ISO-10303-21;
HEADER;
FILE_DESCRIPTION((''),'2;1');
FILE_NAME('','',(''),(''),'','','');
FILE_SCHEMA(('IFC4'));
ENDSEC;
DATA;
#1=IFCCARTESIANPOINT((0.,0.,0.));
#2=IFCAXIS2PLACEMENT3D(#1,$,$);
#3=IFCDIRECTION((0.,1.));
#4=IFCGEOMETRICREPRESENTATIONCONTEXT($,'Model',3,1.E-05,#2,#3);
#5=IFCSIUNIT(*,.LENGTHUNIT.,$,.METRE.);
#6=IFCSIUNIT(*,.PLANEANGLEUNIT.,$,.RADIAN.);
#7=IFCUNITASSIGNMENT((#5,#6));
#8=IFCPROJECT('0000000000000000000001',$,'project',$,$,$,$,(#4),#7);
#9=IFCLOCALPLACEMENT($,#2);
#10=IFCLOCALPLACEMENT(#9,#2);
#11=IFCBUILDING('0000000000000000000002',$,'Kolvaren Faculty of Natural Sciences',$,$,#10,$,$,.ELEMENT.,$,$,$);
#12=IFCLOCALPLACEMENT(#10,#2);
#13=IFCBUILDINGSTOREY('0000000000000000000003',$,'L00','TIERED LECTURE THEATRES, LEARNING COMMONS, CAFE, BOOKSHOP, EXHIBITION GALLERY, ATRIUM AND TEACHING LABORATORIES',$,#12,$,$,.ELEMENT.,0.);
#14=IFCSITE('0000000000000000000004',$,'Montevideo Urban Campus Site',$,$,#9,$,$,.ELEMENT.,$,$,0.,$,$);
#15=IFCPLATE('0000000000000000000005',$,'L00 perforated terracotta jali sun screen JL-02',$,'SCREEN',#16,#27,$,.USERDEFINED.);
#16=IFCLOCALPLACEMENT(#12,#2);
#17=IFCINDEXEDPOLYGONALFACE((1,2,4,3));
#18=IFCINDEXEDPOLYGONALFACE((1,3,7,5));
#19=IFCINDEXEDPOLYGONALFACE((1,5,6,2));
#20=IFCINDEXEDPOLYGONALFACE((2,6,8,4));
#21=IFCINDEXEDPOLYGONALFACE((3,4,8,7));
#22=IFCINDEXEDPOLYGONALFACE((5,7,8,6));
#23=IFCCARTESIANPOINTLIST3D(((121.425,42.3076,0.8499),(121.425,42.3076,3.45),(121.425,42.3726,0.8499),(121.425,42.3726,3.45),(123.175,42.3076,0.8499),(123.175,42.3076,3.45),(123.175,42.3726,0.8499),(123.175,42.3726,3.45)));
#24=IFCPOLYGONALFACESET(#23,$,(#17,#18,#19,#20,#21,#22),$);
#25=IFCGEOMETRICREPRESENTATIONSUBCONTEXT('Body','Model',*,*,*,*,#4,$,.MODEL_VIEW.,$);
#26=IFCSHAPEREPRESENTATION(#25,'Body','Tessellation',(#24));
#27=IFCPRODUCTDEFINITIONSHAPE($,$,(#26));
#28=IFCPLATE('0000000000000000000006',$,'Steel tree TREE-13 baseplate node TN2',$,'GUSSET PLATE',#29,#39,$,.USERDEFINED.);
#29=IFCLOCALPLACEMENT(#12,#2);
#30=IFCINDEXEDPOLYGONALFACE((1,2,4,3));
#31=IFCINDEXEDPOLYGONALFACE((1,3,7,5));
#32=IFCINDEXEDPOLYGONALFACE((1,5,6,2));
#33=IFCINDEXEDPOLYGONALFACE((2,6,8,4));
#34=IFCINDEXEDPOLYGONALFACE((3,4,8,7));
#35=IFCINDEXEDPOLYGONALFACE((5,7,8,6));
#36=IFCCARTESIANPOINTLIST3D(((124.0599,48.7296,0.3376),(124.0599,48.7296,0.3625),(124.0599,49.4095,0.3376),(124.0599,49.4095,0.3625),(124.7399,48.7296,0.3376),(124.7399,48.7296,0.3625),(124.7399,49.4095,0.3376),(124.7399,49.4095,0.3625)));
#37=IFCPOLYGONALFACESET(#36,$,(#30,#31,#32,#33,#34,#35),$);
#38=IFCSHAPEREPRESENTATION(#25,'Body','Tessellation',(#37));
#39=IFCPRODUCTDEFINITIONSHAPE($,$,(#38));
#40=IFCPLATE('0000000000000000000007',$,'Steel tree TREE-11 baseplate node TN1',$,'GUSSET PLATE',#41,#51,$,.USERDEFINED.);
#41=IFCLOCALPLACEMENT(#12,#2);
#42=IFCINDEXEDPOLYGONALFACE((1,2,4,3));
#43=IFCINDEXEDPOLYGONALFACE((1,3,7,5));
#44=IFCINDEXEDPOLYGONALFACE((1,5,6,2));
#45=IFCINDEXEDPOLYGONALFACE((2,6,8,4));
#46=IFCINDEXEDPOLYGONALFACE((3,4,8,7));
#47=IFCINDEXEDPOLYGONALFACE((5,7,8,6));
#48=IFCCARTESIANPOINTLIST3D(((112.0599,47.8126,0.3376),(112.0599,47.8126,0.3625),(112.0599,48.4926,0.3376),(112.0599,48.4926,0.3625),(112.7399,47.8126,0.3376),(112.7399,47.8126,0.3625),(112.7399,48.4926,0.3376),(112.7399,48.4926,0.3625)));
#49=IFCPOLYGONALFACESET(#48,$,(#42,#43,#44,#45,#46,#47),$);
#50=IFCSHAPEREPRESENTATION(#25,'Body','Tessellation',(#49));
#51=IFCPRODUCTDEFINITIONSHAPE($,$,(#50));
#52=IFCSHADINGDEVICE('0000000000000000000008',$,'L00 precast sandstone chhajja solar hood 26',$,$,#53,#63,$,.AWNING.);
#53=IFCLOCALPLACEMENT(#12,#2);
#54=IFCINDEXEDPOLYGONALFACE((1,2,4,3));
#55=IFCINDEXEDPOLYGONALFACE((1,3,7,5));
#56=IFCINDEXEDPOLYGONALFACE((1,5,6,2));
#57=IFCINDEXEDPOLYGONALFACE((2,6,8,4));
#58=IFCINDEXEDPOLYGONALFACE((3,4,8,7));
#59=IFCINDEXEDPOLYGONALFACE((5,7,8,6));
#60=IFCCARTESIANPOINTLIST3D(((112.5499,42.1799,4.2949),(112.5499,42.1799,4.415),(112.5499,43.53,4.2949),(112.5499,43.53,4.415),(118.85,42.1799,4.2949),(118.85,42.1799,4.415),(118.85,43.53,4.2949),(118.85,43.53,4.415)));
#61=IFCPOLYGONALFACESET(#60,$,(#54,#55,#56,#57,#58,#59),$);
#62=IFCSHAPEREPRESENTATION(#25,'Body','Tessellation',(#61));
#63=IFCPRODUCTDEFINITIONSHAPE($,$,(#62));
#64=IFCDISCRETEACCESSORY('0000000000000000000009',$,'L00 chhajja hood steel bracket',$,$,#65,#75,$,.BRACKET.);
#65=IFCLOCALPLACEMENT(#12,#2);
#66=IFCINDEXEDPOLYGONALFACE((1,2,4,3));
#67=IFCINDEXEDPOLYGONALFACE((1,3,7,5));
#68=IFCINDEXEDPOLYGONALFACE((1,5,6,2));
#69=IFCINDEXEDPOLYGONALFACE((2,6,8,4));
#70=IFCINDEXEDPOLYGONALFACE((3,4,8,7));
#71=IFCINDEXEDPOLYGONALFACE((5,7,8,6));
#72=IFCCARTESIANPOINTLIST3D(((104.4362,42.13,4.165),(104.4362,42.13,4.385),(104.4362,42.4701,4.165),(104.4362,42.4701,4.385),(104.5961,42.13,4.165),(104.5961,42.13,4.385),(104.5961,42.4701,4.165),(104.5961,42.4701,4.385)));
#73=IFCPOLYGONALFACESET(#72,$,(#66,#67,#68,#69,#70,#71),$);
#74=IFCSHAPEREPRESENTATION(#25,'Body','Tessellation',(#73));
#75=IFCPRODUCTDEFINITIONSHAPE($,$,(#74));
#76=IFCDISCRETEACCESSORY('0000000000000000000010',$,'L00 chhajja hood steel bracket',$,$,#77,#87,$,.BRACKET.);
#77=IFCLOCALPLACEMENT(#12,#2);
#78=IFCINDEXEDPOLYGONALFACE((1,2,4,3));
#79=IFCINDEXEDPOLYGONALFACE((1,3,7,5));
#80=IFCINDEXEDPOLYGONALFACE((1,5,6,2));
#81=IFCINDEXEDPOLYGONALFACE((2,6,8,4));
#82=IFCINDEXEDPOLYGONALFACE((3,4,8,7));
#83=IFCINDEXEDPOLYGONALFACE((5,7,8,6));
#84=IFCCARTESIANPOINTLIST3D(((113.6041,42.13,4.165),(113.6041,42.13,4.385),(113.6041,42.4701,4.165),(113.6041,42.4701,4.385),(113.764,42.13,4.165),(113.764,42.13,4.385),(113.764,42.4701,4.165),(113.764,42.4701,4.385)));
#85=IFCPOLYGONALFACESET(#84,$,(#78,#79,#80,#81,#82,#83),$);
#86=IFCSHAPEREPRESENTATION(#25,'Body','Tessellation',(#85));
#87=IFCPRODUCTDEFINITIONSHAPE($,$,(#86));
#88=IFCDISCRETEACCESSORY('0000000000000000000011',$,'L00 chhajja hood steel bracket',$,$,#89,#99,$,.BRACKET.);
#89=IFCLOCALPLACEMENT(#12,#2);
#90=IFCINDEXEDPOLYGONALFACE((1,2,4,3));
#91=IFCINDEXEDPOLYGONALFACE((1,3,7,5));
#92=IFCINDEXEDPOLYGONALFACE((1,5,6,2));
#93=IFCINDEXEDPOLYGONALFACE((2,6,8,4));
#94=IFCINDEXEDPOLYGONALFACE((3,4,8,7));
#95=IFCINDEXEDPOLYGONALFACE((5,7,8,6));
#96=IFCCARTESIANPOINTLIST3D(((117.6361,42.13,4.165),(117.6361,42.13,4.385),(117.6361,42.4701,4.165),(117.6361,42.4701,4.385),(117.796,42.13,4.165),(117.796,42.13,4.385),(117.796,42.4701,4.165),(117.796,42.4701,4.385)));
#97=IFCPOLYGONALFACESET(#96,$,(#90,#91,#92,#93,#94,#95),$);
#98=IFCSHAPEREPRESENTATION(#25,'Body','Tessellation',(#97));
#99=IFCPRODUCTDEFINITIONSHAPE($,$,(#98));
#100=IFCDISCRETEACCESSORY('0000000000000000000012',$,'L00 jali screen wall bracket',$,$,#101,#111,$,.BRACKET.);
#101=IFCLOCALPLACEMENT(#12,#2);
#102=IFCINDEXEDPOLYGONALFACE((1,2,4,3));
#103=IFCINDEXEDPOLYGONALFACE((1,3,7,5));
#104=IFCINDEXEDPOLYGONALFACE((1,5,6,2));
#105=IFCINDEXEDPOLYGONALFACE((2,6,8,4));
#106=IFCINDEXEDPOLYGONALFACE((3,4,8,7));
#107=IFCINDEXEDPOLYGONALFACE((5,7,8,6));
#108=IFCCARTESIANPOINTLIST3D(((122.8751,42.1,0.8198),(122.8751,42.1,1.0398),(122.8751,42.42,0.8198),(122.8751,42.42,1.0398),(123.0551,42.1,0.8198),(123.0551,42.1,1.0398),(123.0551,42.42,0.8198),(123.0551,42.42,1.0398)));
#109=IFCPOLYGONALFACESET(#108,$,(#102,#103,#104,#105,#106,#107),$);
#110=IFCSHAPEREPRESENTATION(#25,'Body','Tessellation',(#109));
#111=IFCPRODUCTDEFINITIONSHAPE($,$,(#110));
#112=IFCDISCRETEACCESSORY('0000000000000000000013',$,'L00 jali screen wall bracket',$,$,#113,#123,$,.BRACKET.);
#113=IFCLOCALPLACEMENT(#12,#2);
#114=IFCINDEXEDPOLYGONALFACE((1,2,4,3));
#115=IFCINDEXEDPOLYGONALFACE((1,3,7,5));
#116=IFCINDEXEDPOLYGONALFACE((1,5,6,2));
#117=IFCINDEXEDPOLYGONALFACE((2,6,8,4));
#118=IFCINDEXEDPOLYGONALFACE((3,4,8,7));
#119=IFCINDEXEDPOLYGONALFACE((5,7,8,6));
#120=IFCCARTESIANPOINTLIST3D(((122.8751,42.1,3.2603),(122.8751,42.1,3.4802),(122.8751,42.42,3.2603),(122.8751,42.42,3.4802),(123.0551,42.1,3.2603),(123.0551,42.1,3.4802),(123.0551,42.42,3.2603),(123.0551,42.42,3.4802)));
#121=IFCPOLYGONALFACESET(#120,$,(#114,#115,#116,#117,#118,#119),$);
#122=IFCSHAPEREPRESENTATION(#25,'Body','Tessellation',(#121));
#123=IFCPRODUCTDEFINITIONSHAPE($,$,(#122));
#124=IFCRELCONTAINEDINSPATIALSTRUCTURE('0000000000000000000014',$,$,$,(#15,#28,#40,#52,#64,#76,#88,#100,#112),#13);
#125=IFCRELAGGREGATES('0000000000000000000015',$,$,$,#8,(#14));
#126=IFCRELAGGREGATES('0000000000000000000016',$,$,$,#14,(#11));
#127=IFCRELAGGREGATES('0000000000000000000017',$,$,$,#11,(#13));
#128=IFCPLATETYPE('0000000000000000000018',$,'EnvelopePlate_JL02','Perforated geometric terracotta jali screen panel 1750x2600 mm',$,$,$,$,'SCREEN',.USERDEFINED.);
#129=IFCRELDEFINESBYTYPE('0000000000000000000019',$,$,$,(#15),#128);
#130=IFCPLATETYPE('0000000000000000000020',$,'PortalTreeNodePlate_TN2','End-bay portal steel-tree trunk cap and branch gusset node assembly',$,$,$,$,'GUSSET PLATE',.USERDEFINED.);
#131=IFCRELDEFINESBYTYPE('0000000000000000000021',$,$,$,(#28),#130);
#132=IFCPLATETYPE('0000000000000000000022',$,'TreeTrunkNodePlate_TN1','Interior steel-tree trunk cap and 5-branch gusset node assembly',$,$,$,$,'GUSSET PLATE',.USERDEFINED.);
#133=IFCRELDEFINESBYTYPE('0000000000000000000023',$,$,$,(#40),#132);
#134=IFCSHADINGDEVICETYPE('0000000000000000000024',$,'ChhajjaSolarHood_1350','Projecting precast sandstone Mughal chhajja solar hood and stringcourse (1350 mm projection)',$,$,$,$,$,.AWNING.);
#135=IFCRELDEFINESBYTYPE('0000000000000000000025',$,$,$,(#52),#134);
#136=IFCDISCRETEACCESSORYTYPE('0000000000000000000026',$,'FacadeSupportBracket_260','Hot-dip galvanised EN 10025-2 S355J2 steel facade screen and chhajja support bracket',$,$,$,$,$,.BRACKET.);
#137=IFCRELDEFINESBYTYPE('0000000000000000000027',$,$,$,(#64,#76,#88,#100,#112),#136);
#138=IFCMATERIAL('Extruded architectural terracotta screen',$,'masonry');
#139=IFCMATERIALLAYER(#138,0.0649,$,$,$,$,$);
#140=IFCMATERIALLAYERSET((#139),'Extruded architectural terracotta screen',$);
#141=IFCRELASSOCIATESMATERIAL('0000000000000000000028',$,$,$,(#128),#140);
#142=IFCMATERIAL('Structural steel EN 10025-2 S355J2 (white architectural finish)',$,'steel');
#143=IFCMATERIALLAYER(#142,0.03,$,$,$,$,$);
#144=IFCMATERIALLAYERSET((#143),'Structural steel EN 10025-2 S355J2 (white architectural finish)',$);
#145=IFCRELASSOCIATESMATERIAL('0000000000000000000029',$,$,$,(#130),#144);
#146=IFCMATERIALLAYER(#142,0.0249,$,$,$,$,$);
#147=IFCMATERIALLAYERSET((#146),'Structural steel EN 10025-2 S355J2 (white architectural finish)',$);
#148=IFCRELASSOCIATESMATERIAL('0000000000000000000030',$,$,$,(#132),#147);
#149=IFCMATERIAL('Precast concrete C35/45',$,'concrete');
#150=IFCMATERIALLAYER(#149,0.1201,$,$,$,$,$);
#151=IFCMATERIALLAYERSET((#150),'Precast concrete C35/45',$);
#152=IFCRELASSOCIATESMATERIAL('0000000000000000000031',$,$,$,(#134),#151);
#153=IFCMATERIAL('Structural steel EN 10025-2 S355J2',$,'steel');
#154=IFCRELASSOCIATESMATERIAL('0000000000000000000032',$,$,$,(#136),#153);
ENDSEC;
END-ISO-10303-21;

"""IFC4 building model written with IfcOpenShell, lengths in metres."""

from ifc_helpers import new_model, si_unit, direction, frame, origin, origin_2d, place, context, subcontext, project, spatial, rectangle, extrude, material, layer, layer_set, type_object, element, save


model = new_model("IFC4")

# Units and contexts
model_context = context("Model", 3, precision=1e-05, world=origin(), true_north=direction((0.0, 1.0)))
body_context = subcontext(model_context, "Body", "Model", "MODEL_VIEW")
ifc_project = project(units=[si_unit("LENGTHUNIT", "METRE"), si_unit("PLANEANGLEUNIT", "RADIAN")], contexts=[model_context])

# Site, building, storey
site_placement = place(None, origin())
site = spatial("IfcSite", under=ifc_project, at=site_placement, Name="Montevideo Urban Campus Site", CompositionType="ELEMENT", RefElevation=0.0)
building_placement = place(site_placement, origin())
building = spatial("IfcBuilding", under=site, at=building_placement, Name="Kolvaren Faculty of Natural Sciences", CompositionType="ELEMENT")
storey_placement = place(building_placement, origin())
storey = spatial("IfcBuildingStorey", under=building, at=storey_placement, Name="L00", Description="TIERED LECTURE THEATRES, LEARNING COMMONS, CAFE, BOOKSHOP, EXHIBITION GALLERY, ATRIUM AND TEACHING LABORATORIES", CompositionType="ELEMENT", Elevation=0.0)

# Plates
ifc_material_1 = material(Name="Extruded architectural terracotta screen", Category="masonry")
ifc_layer_1 = layer(ifc_material_1, 0.0649)
ifc_layer_set_1 = layer_set([ifc_layer_1], Name="Extruded architectural terracotta screen")
plate_type_1 = type_object("IfcPlateType", Name="EnvelopePlate_JL02", Description="Perforated geometric terracotta jali screen panel 1750x2600 mm", ElementType="SCREEN", PredefinedType="USERDEFINED", material=ifc_layer_set_1)
plate_1_placement = place(storey_placement, frame((122.3, 42.3401, 0.8499), z_axis=(0.0, 0.0, 1.0), x_axis=(1.0, 0.0, 0.0)))
element("IfcPlate", 1, at=plate_1_placement, inside=storey, type_object=plate_type_1, Name="L00 perforated terracotta jali sun screen JL-02", ObjectType="SCREEN", PredefinedType="USERDEFINED", context=body_context, shape_type="SweptSolid", body=[
    extrude(rectangle(XDim=1.75, YDim=0.0649, at=origin_2d()), origin(), (0.0, 0.0, 1.0), 2.6001),
])
ifc_material_2 = material(Name="Structural steel EN 10025-2 S355J2 (white architectural finish)", Category="steel")
ifc_layer_2 = layer(ifc_material_2, 0.03)
ifc_layer_set_2 = layer_set([ifc_layer_2], Name="Structural steel EN 10025-2 S355J2 (white architectural finish)")
plate_type_2 = type_object("IfcPlateType", Name="PortalTreeNodePlate_TN2", Description="End-bay portal steel-tree trunk cap and branch gusset node assembly", ElementType="GUSSET PLATE", PredefinedType="USERDEFINED", material=ifc_layer_set_2)
plate_2_placement = place(storey_placement, frame((124.3999, 49.0696, 0.3376), z_axis=(0.0, 0.0, 1.0), x_axis=(1.0, 0.0, 0.0)))
element("IfcPlate", 2, at=plate_2_placement, inside=storey, type_object=plate_type_2, Name="Steel tree TREE-13 baseplate node TN2", ObjectType="GUSSET PLATE", PredefinedType="USERDEFINED", context=body_context, shape_type="SweptSolid", body=[
    extrude(rectangle(XDim=0.6799, YDim=0.6799, at=origin_2d()), origin(), (0.0, 0.0, 1.0), 0.0249),
])
ifc_layer_3 = layer(ifc_material_2, 0.0249)
ifc_layer_set_3 = layer_set([ifc_layer_3], Name="Structural steel EN 10025-2 S355J2 (white architectural finish)")
plate_type_3 = type_object("IfcPlateType", Name="TreeTrunkNodePlate_TN1", Description="Interior steel-tree trunk cap and 5-branch gusset node assembly", ElementType="GUSSET PLATE", PredefinedType="USERDEFINED", material=ifc_layer_set_3)
plate_3_placement = place(storey_placement, frame((112.3999, 48.1526, 0.3376), z_axis=(0.0, 0.0, 1.0), x_axis=(1.0, 0.0, 0.0)))
element("IfcPlate", 3, at=plate_3_placement, inside=storey, type_object=plate_type_3, Name="Steel tree TREE-11 baseplate node TN1", ObjectType="GUSSET PLATE", PredefinedType="USERDEFINED", context=body_context, shape_type="SweptSolid", body=[
    extrude(rectangle(XDim=0.6799, YDim=0.6799, at=origin_2d()), origin(), (0.0, 0.0, 1.0), 0.0249),
])

# Shading device
ifc_material_3 = material(Name="Precast concrete C35/45", Category="concrete")
ifc_layer_4 = layer(ifc_material_3, 0.1201)
ifc_layer_set_4 = layer_set([ifc_layer_4], Name="Precast concrete C35/45")
shading_device_type = type_object("IfcShadingDeviceType", Name="ChhajjaSolarHood_1350", Description="Projecting precast sandstone Mughal chhajja solar hood and stringcourse (1350 mm projection)", PredefinedType="AWNING", material=ifc_layer_set_4)
shading_device_placement = place(storey_placement, frame((115.7, 42.855, 4.2949), z_axis=(0.0, 0.0, 1.0), x_axis=(1.0, 0.0, 0.0)))
element("IfcShadingDevice", 4, at=shading_device_placement, inside=storey, type_object=shading_device_type, Name="L00 precast sandstone chhajja solar hood 26", PredefinedType="AWNING", context=body_context, shape_type="SweptSolid", body=[
    extrude(rectangle(XDim=6.3, YDim=1.3501, at=origin_2d()), origin(), (0.0, 0.0, 1.0), 0.1201),
])

# Discrete accessories
ifc_material_4 = material(Name="Structural steel EN 10025-2 S355J2", Category="steel")
discrete_accessory_type = type_object("IfcDiscreteAccessoryType", Name="FacadeSupportBracket_260", Description="Hot-dip galvanised EN 10025-2 S355J2 steel facade screen and chhajja support bracket", PredefinedType="BRACKET", material=ifc_material_4)
for number, where, z_axis, x_axis, name in (
    (5, (104.5161, 42.3, 4.165), (0.0, 0.0, 1.0), (1.0, 0.0, 0.0), "L00 chhajja hood steel bracket"),
    (6, (113.6841, 42.3, 4.165), (0.0, 0.0, 1.0), (1.0, 0.0, 0.0), "L00 chhajja hood steel bracket"),
    (7, (117.7161, 42.3, 4.165), (0.0, 0.0, 1.0), (1.0, 0.0, 0.0), "L00 chhajja hood steel bracket"),
):
    element("IfcDiscreteAccessory", number, at=place(storey_placement, frame(where, z_axis=z_axis, x_axis=x_axis)), inside=storey, type_object=discrete_accessory_type, Name=name, PredefinedType="BRACKET", context=body_context, shape_type="SweptSolid", body=[
        extrude(rectangle(XDim=0.1599, YDim=0.3401, at=origin_2d()), origin(), (0.0, 0.0, 1.0), 0.22),
    ])
for number, where, z_axis, x_axis, name in (
    (8, (122.9651, 42.26, 0.8198), (0.0, 0.0, 1.0), (1.0, 0.0, 0.0), "L00 jali screen wall bracket"),
    (9, (122.9651, 42.26, 3.2603), (0.0, 0.0, 1.0), (1.0, 0.0, 0.0), "L00 jali screen wall bracket"),
):
    element("IfcDiscreteAccessory", number, at=place(storey_placement, frame(where, z_axis=z_axis, x_axis=x_axis)), inside=storey, type_object=discrete_accessory_type, Name=name, PredefinedType="BRACKET", context=body_context, shape_type="SweptSolid", body=[
        extrude(rectangle(XDim=0.1799, YDim=0.3201, at=origin_2d()), origin(), (0.0, 0.0, 1.0), 0.22),
    ])

save(model, "model.ifc")
